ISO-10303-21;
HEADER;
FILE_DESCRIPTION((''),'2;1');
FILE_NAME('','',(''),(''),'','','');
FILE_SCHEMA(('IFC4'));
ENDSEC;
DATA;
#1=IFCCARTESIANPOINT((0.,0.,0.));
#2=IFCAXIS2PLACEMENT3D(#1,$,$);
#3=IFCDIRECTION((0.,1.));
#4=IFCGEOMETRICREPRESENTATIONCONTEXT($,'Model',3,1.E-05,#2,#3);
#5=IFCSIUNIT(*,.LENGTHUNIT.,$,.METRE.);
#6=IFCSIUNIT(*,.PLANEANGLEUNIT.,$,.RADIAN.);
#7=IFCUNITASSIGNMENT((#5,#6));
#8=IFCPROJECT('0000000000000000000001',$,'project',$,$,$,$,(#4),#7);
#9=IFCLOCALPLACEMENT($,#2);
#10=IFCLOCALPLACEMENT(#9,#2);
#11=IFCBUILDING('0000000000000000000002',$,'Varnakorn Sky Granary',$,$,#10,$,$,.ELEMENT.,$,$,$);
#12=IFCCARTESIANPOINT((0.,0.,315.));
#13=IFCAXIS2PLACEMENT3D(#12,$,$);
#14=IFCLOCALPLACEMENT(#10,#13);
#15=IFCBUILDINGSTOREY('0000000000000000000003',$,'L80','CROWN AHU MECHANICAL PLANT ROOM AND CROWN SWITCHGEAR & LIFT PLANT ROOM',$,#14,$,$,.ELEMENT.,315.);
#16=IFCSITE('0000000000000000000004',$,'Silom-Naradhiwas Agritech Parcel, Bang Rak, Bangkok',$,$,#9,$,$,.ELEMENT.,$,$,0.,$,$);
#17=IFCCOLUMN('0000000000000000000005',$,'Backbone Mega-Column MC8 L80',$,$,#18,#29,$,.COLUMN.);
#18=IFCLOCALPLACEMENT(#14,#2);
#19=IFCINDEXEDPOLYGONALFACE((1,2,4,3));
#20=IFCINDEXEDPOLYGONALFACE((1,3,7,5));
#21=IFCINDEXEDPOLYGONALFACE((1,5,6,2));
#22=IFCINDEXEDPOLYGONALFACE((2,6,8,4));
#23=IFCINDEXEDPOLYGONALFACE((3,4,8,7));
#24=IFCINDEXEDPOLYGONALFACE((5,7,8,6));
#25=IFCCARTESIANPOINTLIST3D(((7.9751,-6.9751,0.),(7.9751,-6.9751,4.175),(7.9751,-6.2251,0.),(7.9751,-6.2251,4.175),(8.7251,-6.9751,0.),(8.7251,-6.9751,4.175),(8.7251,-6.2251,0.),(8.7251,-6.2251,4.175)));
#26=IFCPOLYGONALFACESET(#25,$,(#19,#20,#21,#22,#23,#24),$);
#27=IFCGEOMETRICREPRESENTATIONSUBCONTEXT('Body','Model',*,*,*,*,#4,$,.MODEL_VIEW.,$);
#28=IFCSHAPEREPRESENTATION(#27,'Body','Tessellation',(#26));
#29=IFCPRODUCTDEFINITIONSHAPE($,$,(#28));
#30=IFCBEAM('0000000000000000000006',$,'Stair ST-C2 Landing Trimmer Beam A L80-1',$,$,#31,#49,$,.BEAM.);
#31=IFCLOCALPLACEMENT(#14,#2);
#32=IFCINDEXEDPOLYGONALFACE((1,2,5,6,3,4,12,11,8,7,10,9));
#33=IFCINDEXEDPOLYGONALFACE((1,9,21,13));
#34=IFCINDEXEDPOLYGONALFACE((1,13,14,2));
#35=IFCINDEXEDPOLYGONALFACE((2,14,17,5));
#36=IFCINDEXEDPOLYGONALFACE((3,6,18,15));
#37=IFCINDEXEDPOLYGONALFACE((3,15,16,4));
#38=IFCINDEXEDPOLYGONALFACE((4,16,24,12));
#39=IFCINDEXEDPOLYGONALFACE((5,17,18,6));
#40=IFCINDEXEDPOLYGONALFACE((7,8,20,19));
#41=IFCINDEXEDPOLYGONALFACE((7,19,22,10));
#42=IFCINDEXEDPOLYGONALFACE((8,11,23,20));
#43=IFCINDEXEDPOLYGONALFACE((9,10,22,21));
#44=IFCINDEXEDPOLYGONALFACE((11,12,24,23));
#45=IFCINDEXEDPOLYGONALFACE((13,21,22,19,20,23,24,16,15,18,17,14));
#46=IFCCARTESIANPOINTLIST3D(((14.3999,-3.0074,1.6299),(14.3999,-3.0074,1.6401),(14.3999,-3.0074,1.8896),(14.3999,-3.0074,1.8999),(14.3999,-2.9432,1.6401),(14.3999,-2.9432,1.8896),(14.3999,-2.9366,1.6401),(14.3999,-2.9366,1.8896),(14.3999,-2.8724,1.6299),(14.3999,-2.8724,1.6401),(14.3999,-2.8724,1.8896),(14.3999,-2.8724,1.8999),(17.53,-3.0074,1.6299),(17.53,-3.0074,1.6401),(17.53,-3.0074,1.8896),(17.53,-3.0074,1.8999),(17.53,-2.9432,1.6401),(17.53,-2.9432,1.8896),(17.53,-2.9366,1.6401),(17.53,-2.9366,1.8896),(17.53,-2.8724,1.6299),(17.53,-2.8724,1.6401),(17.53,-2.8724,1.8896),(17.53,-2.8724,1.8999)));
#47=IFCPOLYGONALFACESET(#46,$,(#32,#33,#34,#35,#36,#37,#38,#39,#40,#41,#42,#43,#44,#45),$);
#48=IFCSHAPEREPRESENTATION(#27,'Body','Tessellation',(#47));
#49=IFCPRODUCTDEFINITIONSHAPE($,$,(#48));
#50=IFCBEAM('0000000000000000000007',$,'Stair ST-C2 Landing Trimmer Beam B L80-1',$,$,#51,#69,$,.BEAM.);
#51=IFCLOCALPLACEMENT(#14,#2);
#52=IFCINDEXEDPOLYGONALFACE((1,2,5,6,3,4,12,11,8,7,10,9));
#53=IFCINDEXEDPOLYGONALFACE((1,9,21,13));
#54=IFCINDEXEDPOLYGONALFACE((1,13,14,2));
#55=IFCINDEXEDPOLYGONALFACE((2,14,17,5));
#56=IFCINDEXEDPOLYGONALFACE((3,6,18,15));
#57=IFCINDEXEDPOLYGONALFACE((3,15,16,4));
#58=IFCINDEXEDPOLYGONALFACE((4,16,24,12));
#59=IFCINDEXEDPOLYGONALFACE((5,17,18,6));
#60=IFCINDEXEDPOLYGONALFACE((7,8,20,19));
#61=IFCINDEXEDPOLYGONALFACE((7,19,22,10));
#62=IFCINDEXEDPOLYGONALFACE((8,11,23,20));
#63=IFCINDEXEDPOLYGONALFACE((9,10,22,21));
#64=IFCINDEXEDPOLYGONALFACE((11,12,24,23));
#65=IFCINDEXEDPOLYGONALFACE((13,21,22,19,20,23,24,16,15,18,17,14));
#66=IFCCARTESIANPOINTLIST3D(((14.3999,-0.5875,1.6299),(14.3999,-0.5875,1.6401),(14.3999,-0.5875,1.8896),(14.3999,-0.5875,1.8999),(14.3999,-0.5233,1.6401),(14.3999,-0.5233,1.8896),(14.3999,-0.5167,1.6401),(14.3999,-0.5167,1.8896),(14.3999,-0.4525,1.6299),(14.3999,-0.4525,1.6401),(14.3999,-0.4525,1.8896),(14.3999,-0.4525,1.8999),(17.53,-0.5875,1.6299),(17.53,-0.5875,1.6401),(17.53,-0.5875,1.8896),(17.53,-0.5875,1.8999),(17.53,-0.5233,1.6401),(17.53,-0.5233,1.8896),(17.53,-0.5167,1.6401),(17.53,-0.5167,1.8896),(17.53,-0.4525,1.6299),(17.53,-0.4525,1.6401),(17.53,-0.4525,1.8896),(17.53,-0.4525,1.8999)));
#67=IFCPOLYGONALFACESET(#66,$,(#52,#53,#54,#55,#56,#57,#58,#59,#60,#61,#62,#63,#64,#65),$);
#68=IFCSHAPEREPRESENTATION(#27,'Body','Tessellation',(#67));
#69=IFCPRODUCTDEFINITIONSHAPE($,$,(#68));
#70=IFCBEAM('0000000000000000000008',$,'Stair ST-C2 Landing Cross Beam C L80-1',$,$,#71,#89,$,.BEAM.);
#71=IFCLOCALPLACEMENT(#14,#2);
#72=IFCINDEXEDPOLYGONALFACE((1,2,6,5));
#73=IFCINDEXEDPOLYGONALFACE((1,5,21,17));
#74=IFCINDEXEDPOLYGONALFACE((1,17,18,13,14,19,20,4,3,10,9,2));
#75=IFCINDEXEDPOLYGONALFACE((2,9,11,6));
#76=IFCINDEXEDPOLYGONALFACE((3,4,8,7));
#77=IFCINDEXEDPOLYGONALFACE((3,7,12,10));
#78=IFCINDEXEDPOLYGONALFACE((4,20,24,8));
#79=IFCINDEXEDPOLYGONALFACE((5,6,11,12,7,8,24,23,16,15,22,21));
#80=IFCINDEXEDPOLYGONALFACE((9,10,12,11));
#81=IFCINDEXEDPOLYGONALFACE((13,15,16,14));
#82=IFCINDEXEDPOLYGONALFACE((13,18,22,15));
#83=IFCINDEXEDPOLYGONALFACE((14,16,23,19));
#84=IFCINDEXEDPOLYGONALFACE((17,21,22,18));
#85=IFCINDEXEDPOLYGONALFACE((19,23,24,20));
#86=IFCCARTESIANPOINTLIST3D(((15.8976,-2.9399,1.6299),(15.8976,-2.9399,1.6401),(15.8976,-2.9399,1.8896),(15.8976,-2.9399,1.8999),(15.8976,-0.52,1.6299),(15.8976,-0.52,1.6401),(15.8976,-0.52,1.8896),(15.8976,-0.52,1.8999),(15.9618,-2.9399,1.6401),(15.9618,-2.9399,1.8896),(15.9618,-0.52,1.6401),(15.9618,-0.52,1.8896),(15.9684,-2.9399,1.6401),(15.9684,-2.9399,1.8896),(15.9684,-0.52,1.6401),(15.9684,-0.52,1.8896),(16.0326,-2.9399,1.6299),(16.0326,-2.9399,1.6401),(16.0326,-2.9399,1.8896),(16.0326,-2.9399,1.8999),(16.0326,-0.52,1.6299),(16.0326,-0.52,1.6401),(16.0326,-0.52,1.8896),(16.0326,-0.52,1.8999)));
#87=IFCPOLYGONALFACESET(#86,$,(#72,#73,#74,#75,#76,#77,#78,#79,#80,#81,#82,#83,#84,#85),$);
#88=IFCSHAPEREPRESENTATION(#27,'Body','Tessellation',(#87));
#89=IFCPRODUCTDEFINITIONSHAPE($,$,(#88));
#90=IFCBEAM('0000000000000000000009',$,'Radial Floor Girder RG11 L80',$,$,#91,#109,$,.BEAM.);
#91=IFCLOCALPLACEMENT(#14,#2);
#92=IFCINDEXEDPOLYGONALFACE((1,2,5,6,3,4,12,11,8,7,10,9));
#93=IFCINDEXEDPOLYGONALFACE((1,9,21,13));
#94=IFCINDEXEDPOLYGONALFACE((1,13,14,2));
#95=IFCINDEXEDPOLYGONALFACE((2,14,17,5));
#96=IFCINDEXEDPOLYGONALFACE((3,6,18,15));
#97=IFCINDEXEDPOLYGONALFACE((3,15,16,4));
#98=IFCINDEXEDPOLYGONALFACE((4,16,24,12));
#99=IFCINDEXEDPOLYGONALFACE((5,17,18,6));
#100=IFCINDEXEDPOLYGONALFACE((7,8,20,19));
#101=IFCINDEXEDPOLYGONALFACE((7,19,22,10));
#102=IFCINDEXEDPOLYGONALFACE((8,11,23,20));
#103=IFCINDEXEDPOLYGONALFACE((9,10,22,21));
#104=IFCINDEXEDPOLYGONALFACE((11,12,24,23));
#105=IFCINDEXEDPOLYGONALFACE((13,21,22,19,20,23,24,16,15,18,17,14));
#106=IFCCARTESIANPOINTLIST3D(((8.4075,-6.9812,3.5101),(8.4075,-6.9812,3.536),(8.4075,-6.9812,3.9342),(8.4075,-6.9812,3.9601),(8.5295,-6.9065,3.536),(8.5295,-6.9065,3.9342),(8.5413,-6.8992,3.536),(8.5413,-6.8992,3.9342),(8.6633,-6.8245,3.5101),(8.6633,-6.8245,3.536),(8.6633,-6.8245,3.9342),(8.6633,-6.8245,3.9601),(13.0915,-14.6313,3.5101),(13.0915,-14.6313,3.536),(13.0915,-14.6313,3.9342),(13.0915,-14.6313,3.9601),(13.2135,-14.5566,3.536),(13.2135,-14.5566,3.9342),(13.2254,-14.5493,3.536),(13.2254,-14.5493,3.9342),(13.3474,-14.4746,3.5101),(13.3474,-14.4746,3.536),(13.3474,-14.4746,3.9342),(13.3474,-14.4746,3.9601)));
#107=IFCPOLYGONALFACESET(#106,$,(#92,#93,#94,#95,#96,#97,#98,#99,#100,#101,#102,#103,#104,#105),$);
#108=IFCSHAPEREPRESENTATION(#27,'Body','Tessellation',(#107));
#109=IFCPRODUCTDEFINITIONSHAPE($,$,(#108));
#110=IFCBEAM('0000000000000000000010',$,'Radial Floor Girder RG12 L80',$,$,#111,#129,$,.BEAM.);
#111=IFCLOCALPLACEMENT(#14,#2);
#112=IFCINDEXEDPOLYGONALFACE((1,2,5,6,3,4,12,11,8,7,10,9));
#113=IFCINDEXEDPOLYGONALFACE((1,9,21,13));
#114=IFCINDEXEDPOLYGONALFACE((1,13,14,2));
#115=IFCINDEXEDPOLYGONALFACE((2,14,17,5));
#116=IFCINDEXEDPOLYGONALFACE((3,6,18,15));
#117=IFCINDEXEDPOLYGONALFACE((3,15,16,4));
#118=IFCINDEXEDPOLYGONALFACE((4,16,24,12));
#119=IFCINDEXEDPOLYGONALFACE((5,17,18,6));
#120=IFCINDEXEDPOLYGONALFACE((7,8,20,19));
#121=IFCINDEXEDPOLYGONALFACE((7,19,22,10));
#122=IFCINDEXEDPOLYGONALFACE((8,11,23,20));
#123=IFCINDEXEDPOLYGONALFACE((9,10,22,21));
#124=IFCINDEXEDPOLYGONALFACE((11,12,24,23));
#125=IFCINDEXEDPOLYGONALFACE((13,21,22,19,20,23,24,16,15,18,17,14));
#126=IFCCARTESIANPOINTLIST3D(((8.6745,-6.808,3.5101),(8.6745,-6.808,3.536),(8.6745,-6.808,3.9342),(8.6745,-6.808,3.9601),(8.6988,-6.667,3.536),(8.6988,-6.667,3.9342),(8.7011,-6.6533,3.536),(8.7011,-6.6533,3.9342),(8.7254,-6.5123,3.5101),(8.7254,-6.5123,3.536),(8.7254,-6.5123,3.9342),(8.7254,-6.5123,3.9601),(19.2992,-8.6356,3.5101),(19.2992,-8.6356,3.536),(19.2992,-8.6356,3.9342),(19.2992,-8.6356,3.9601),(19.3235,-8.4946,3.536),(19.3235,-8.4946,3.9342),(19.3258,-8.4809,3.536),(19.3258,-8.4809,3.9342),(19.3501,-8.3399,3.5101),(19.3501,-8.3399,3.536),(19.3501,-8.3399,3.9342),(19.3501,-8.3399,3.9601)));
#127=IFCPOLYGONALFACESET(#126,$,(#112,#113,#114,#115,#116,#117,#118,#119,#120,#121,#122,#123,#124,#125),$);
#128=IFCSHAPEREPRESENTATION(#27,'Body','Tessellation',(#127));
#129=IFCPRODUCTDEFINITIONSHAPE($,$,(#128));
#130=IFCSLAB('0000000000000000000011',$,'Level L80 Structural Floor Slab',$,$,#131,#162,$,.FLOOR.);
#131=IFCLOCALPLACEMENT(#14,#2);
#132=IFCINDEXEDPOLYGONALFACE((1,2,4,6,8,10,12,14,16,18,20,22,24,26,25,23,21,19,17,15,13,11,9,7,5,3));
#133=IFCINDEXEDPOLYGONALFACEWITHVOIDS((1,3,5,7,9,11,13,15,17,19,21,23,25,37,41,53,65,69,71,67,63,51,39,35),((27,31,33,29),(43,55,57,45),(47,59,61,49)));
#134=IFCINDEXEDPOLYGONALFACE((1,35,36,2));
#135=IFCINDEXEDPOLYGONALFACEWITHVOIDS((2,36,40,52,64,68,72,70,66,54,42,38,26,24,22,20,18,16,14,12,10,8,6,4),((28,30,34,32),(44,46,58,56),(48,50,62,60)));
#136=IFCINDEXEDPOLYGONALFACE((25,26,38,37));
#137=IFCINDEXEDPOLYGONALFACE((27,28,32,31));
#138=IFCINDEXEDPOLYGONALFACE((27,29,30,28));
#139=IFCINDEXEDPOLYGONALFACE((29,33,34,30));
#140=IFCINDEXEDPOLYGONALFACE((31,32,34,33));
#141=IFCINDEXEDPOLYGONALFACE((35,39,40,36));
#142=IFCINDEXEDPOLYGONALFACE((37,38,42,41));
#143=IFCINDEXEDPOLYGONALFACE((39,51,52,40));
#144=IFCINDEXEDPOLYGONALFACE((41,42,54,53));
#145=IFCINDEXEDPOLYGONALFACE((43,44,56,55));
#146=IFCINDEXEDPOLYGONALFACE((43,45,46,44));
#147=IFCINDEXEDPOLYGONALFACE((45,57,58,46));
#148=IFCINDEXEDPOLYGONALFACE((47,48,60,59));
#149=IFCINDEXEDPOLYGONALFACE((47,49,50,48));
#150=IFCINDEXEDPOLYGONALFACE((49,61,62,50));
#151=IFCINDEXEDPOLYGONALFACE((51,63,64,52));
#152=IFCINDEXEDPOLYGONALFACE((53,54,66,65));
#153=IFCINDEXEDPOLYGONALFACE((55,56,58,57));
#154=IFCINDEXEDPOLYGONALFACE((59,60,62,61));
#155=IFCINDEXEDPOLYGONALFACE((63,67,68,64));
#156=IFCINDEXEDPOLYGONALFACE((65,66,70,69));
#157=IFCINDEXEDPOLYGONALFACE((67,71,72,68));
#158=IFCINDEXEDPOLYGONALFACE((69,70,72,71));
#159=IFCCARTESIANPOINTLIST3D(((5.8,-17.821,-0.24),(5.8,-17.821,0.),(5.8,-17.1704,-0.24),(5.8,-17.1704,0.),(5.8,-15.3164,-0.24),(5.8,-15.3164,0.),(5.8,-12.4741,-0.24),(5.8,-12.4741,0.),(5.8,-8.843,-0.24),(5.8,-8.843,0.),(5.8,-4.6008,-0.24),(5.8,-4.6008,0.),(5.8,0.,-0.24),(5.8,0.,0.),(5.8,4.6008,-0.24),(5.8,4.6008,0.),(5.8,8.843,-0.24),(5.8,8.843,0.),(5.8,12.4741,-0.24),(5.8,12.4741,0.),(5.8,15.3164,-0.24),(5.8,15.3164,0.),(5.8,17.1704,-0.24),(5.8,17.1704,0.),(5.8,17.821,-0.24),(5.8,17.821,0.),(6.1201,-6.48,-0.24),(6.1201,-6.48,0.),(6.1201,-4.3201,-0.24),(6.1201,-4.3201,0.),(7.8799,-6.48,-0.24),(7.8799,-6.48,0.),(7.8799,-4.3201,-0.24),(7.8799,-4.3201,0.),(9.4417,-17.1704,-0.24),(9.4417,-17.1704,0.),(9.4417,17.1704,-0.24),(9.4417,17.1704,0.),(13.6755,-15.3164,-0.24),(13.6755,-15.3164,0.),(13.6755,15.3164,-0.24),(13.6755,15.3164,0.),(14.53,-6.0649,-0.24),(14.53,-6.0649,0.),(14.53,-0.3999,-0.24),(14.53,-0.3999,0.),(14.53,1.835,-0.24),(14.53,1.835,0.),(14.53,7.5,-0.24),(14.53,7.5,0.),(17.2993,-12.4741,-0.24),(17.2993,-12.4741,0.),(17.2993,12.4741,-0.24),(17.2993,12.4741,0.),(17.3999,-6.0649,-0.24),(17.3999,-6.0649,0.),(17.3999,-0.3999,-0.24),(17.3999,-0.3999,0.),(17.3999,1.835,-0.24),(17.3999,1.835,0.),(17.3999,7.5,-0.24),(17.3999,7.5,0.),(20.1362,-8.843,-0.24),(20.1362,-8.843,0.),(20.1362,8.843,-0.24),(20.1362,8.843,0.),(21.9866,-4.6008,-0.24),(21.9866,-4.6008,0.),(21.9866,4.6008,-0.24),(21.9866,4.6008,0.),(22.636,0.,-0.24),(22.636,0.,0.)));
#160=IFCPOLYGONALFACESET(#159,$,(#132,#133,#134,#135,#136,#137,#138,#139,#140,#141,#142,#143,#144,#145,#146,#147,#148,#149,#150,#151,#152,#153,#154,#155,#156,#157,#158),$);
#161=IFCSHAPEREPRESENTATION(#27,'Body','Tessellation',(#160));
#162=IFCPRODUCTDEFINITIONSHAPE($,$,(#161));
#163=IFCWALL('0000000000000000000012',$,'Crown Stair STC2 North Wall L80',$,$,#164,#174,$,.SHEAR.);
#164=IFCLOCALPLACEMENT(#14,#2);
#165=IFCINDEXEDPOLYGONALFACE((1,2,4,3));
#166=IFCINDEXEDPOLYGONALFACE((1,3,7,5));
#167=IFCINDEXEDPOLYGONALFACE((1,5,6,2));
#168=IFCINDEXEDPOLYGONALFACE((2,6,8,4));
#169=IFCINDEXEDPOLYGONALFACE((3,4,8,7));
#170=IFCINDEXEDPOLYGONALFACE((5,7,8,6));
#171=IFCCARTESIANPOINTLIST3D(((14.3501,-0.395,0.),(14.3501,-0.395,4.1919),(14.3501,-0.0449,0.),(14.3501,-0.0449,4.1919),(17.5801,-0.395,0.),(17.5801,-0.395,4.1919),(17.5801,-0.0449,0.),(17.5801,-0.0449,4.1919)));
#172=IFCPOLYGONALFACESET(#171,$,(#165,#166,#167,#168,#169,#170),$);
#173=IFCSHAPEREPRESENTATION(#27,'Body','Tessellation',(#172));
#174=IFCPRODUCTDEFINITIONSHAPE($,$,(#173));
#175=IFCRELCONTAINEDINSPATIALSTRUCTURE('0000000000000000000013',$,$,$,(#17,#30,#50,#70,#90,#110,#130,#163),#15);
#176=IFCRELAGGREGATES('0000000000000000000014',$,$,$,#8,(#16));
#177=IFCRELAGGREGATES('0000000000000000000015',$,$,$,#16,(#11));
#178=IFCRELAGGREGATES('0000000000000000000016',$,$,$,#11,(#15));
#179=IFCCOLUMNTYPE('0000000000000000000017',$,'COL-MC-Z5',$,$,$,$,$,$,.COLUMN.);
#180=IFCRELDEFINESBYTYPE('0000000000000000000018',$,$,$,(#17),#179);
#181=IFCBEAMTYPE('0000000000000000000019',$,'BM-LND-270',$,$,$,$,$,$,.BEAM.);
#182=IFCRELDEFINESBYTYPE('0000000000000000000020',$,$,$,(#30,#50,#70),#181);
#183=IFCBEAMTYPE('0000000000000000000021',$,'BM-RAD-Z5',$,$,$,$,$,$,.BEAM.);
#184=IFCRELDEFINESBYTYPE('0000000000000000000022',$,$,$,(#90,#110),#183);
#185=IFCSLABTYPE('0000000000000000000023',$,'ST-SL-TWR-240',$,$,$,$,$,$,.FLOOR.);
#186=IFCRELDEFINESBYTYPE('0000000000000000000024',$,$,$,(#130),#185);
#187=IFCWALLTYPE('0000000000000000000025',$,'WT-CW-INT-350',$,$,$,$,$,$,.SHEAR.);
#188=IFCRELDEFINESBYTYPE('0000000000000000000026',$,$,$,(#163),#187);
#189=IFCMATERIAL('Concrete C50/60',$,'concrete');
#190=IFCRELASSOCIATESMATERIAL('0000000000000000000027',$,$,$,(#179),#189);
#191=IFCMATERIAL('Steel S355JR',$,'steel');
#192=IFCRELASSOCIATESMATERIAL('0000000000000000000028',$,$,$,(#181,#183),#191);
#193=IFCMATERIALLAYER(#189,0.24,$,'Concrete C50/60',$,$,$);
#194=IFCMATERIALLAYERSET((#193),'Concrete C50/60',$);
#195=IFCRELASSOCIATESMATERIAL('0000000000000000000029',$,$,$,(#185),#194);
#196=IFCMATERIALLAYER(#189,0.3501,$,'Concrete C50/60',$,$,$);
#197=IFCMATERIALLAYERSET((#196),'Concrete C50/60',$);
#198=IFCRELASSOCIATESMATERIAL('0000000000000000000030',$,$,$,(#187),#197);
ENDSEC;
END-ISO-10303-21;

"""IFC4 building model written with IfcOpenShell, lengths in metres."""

from ifc_helpers import new_model, si_unit, direction, frame, frame_2d, origin, origin_2d, place, context, subcontext, project, spatial, polyline, rectangle, i_section, outline, extrude, material, layer, layer_set, material_profile, profile_set, type_object, element, save


model = new_model("IFC4")

# Units and contexts
model_context = context("Model", 3, precision=1e-05, world=origin(), true_north=direction((0.0, 1.0)))
body_context = subcontext(model_context, "Body", "Model", "MODEL_VIEW")
ifc_project = project(units=[si_unit("LENGTHUNIT", "METRE"), si_unit("PLANEANGLEUNIT", "RADIAN")], contexts=[model_context])

# Site, building, storey
site_placement = place(None, origin())
site = spatial("IfcSite", under=ifc_project, at=site_placement, Name="Silom-Naradhiwas Agritech Parcel, Bang Rak, Bangkok", CompositionType="ELEMENT", RefElevation=0.0)
building_placement = place(site_placement, origin())
building = spatial("IfcBuilding", under=site, at=building_placement, Name="Varnakorn Sky Granary", CompositionType="ELEMENT")
storey_placement = place(building_placement, frame((0.0, 0.0, 315.0)))
storey = spatial("IfcBuildingStorey", under=building, at=storey_placement, Name="L80", Description="CROWN AHU MECHANICAL PLANT ROOM AND CROWN SWITCHGEAR & LIFT PLANT ROOM", CompositionType="ELEMENT", Elevation=315.0)

# Column
ifc_material_1 = material(Name="Concrete C50/60", Category="concrete")
ifc_material_profile_1 = material_profile(ifc_material_1, rectangle(XDim=0.75, YDim=0.75, at=origin_2d()), Name="RC 750x750")
ifc_profile_set_1 = profile_set([ifc_material_profile_1], Name="Concrete C50/60")
column_type = type_object("IfcColumnType", Name="COL-MC-Z5", PredefinedType="COLUMN", material=ifc_profile_set_1)
column_placement = place(storey_placement, frame((8.3501, -6.6001, 0.0), z_axis=(0.0, 0.0, 1.0), x_axis=(1.0, 0.0, 0.0)))
element("IfcColumn", 1, at=column_placement, inside=storey, type_object=column_type, Name="Backbone Mega-Column MC8 L80", PredefinedType="COLUMN", context=body_context, shape_type="SweptSolid", body=[
    extrude(rectangle(XDim=0.75, YDim=0.75, at=origin_2d()), origin(), (0.0, 0.0, 1.0), 4.175),
])

# Beams
ifc_material_2 = material(Name="Steel S355JR", Category="steel")
ifc_material_profile_2 = material_profile(ifc_material_2, i_section(OverallWidth=0.135, OverallDepth=0.27, WebThickness=0.0066, FlangeThickness=0.0103, at=origin_2d()), Name="IPE 270")
ifc_profile_set_2 = profile_set([ifc_material_profile_2], Name="Steel S355JR")
beam_type_1 = type_object("IfcBeamType", Name="BM-LND-270", PredefinedType="BEAM", material=ifc_profile_set_2)
for number, where, z_axis, x_axis, name in (
    (2, (14.3999, -2.9399, 1.7649), (1.0, 0.0, 0.0), (0.0, 1.0, 0.0), "Stair ST-C2 Landing Trimmer Beam A L80-1"),
    (3, (14.3999, -0.52, 1.7649), (1.0, 0.0, 0.0), (0.0, 1.0, 0.0), "Stair ST-C2 Landing Trimmer Beam B L80-1"),
):
    element("IfcBeam", number, at=place(storey_placement, frame(where, z_axis=z_axis, x_axis=x_axis)), inside=storey, type_object=beam_type_1, Name=name, PredefinedType="BEAM", context=body_context, shape_type="SweptSolid", body=[
        extrude(i_section(OverallWidth=0.135, OverallDepth=0.27, WebThickness=0.0066, FlangeThickness=0.0103, at=origin_2d()), origin(), (0.0, 0.0, 1.0), 3.1301),
    ])
beam_1_placement = place(storey_placement, frame((15.9651, -2.9399, 1.7649), z_axis=(0.0, 1.0, 0.0), x_axis=(-1.0, 0.0, 0.0)))
element("IfcBeam", 4, at=beam_1_placement, inside=storey, type_object=beam_type_1, Name="Stair ST-C2 Landing Cross Beam C L80-1", PredefinedType="BEAM", context=body_context, shape_type="SweptSolid", body=[
    extrude(i_section(OverallWidth=0.135, OverallDepth=0.27, WebThickness=0.0066, FlangeThickness=0.0103, at=origin_2d()), origin(), (0.0, 0.0, 1.0), 2.4199),
])
ifc_material_profile_3 = material_profile(ifc_material_2, i_section(OverallWidth=0.3, OverallDepth=0.45, WebThickness=0.0139, FlangeThickness=0.0259, at=origin_2d()), Name="HE 450 B")
ifc_profile_set_3 = profile_set([ifc_material_profile_3], Name="Steel S355JR")
beam_type_2 = type_object("IfcBeamType", Name="BM-RAD-Z5", PredefinedType="BEAM", material=ifc_profile_set_3)
beam_2_placement = place(storey_placement, frame((8.5354, -6.9028, 3.7351), z_axis=(0.52218, -0.852835, 0.0), x_axis=(0.852835, 0.52218, 0.0)))
element("IfcBeam", 5, at=beam_2_placement, inside=storey, type_object=beam_type_2, Name="Radial Floor Girder RG11 L80", PredefinedType="BEAM", context=body_context, shape_type="SweptSolid", body=[
    extrude(i_section(OverallWidth=0.3, OverallDepth=0.45, WebThickness=0.0139, FlangeThickness=0.0259, at=origin_2d()), origin(), (0.0, 0.0, 1.0), 8.9702),
])
beam_3_placement = place(storey_placement, frame((8.7, -6.6602, 3.7351), z_axis=(0.985526, -0.169527, 0.0), x_axis=(0.169527, 0.985526, 0.0)))
element("IfcBeam", 6, at=beam_3_placement, inside=storey, type_object=beam_type_2, Name="Radial Floor Girder RG12 L80", PredefinedType="BEAM", context=body_context, shape_type="SweptSolid", body=[
    extrude(i_section(OverallWidth=0.3, OverallDepth=0.45, WebThickness=0.0139, FlangeThickness=0.0259, at=origin_2d()), origin(), (0.0, 0.0, 1.0), 10.7808),
])

# Slab
ifc_layer_1 = layer(ifc_material_1, 0.24, Name="Concrete C50/60")
ifc_layer_set_1 = layer_set([ifc_layer_1], Name="Concrete C50/60")
slab_type = type_object("IfcSlabType", Name="ST-SL-TWR-240", PredefinedType="FLOOR", material=ifc_layer_set_1)
slab_placement = place(storey_placement, frame((0.0, 0.0, -0.24)))
element("IfcSlab", 7, at=slab_placement, inside=storey, type_object=slab_type, Name="Level L80 Structural Floor Slab", PredefinedType="FLOOR", context=body_context, shape_type="SweptSolid", body=[
    extrude(outline(polyline([(22.636, 0.0), (21.9866, 4.6008), (20.1362, 8.843), (17.2993, 12.4741), (13.6755, 15.3164), (9.4417, 17.1704), (5.8, 17.821), (5.8, 17.1704), (5.8, 15.3164), (5.8, 12.4741), (5.8, 8.843), (5.8, 4.6008), (5.8, 0.0), (5.8, -4.6008), (5.8, -8.843), (5.8, -12.4741), (5.8, -15.3164), (5.8, -17.1704), (5.8, -17.821), (9.4417, -17.1704), (13.6755, -15.3164), (17.2993, -12.4741), (20.1362, -8.843), (21.9866, -4.6008), (22.636, 0.0)]), holes=[polyline([(17.3999, 1.835), (17.3999, 7.5), (14.53, 7.5), (14.53, 1.835), (17.3999, 1.835)]), polyline([(17.3999, -6.0649), (17.3999, -0.3999), (14.53, -0.3999), (14.53, -6.0649), (17.3999, -6.0649)]), polyline([(6.1201, -6.48), (7.8799, -6.48), (7.8799, -4.3201), (6.1201, -4.3201), (6.1201, -6.48)])]), origin(), (0.0, 0.0, 1.0), 0.24),
])

# Wall
ifc_layer_2 = layer(ifc_material_1, 0.3501, Name="Concrete C50/60")
ifc_layer_set_2 = layer_set([ifc_layer_2], Name="Concrete C50/60")
wall_type_1 = type_object("IfcWallType", Name="WT-CW-INT-350", PredefinedType="SHEAR", material=ifc_layer_set_2)
wall_1_placement = place(storey_placement, frame((14.3501, -0.22, 0.0), z_axis=(0.0, 0.0, 1.0), x_axis=(1.0, 0.0, 0.0)))
element("IfcWall", 8, at=wall_1_placement, inside=storey, type_object=wall_type_1, Name="Crown Stair STC2 North Wall L80", PredefinedType="SHEAR", context=body_context, shape_type="SweptSolid", body=[
    extrude(rectangle(XDim=3.23, YDim=0.3501, at=frame_2d((1.615, 0.0))), origin(), (0.0, 0.0, 1.0), 4.1919),
])

save(model, "model.ifc")
